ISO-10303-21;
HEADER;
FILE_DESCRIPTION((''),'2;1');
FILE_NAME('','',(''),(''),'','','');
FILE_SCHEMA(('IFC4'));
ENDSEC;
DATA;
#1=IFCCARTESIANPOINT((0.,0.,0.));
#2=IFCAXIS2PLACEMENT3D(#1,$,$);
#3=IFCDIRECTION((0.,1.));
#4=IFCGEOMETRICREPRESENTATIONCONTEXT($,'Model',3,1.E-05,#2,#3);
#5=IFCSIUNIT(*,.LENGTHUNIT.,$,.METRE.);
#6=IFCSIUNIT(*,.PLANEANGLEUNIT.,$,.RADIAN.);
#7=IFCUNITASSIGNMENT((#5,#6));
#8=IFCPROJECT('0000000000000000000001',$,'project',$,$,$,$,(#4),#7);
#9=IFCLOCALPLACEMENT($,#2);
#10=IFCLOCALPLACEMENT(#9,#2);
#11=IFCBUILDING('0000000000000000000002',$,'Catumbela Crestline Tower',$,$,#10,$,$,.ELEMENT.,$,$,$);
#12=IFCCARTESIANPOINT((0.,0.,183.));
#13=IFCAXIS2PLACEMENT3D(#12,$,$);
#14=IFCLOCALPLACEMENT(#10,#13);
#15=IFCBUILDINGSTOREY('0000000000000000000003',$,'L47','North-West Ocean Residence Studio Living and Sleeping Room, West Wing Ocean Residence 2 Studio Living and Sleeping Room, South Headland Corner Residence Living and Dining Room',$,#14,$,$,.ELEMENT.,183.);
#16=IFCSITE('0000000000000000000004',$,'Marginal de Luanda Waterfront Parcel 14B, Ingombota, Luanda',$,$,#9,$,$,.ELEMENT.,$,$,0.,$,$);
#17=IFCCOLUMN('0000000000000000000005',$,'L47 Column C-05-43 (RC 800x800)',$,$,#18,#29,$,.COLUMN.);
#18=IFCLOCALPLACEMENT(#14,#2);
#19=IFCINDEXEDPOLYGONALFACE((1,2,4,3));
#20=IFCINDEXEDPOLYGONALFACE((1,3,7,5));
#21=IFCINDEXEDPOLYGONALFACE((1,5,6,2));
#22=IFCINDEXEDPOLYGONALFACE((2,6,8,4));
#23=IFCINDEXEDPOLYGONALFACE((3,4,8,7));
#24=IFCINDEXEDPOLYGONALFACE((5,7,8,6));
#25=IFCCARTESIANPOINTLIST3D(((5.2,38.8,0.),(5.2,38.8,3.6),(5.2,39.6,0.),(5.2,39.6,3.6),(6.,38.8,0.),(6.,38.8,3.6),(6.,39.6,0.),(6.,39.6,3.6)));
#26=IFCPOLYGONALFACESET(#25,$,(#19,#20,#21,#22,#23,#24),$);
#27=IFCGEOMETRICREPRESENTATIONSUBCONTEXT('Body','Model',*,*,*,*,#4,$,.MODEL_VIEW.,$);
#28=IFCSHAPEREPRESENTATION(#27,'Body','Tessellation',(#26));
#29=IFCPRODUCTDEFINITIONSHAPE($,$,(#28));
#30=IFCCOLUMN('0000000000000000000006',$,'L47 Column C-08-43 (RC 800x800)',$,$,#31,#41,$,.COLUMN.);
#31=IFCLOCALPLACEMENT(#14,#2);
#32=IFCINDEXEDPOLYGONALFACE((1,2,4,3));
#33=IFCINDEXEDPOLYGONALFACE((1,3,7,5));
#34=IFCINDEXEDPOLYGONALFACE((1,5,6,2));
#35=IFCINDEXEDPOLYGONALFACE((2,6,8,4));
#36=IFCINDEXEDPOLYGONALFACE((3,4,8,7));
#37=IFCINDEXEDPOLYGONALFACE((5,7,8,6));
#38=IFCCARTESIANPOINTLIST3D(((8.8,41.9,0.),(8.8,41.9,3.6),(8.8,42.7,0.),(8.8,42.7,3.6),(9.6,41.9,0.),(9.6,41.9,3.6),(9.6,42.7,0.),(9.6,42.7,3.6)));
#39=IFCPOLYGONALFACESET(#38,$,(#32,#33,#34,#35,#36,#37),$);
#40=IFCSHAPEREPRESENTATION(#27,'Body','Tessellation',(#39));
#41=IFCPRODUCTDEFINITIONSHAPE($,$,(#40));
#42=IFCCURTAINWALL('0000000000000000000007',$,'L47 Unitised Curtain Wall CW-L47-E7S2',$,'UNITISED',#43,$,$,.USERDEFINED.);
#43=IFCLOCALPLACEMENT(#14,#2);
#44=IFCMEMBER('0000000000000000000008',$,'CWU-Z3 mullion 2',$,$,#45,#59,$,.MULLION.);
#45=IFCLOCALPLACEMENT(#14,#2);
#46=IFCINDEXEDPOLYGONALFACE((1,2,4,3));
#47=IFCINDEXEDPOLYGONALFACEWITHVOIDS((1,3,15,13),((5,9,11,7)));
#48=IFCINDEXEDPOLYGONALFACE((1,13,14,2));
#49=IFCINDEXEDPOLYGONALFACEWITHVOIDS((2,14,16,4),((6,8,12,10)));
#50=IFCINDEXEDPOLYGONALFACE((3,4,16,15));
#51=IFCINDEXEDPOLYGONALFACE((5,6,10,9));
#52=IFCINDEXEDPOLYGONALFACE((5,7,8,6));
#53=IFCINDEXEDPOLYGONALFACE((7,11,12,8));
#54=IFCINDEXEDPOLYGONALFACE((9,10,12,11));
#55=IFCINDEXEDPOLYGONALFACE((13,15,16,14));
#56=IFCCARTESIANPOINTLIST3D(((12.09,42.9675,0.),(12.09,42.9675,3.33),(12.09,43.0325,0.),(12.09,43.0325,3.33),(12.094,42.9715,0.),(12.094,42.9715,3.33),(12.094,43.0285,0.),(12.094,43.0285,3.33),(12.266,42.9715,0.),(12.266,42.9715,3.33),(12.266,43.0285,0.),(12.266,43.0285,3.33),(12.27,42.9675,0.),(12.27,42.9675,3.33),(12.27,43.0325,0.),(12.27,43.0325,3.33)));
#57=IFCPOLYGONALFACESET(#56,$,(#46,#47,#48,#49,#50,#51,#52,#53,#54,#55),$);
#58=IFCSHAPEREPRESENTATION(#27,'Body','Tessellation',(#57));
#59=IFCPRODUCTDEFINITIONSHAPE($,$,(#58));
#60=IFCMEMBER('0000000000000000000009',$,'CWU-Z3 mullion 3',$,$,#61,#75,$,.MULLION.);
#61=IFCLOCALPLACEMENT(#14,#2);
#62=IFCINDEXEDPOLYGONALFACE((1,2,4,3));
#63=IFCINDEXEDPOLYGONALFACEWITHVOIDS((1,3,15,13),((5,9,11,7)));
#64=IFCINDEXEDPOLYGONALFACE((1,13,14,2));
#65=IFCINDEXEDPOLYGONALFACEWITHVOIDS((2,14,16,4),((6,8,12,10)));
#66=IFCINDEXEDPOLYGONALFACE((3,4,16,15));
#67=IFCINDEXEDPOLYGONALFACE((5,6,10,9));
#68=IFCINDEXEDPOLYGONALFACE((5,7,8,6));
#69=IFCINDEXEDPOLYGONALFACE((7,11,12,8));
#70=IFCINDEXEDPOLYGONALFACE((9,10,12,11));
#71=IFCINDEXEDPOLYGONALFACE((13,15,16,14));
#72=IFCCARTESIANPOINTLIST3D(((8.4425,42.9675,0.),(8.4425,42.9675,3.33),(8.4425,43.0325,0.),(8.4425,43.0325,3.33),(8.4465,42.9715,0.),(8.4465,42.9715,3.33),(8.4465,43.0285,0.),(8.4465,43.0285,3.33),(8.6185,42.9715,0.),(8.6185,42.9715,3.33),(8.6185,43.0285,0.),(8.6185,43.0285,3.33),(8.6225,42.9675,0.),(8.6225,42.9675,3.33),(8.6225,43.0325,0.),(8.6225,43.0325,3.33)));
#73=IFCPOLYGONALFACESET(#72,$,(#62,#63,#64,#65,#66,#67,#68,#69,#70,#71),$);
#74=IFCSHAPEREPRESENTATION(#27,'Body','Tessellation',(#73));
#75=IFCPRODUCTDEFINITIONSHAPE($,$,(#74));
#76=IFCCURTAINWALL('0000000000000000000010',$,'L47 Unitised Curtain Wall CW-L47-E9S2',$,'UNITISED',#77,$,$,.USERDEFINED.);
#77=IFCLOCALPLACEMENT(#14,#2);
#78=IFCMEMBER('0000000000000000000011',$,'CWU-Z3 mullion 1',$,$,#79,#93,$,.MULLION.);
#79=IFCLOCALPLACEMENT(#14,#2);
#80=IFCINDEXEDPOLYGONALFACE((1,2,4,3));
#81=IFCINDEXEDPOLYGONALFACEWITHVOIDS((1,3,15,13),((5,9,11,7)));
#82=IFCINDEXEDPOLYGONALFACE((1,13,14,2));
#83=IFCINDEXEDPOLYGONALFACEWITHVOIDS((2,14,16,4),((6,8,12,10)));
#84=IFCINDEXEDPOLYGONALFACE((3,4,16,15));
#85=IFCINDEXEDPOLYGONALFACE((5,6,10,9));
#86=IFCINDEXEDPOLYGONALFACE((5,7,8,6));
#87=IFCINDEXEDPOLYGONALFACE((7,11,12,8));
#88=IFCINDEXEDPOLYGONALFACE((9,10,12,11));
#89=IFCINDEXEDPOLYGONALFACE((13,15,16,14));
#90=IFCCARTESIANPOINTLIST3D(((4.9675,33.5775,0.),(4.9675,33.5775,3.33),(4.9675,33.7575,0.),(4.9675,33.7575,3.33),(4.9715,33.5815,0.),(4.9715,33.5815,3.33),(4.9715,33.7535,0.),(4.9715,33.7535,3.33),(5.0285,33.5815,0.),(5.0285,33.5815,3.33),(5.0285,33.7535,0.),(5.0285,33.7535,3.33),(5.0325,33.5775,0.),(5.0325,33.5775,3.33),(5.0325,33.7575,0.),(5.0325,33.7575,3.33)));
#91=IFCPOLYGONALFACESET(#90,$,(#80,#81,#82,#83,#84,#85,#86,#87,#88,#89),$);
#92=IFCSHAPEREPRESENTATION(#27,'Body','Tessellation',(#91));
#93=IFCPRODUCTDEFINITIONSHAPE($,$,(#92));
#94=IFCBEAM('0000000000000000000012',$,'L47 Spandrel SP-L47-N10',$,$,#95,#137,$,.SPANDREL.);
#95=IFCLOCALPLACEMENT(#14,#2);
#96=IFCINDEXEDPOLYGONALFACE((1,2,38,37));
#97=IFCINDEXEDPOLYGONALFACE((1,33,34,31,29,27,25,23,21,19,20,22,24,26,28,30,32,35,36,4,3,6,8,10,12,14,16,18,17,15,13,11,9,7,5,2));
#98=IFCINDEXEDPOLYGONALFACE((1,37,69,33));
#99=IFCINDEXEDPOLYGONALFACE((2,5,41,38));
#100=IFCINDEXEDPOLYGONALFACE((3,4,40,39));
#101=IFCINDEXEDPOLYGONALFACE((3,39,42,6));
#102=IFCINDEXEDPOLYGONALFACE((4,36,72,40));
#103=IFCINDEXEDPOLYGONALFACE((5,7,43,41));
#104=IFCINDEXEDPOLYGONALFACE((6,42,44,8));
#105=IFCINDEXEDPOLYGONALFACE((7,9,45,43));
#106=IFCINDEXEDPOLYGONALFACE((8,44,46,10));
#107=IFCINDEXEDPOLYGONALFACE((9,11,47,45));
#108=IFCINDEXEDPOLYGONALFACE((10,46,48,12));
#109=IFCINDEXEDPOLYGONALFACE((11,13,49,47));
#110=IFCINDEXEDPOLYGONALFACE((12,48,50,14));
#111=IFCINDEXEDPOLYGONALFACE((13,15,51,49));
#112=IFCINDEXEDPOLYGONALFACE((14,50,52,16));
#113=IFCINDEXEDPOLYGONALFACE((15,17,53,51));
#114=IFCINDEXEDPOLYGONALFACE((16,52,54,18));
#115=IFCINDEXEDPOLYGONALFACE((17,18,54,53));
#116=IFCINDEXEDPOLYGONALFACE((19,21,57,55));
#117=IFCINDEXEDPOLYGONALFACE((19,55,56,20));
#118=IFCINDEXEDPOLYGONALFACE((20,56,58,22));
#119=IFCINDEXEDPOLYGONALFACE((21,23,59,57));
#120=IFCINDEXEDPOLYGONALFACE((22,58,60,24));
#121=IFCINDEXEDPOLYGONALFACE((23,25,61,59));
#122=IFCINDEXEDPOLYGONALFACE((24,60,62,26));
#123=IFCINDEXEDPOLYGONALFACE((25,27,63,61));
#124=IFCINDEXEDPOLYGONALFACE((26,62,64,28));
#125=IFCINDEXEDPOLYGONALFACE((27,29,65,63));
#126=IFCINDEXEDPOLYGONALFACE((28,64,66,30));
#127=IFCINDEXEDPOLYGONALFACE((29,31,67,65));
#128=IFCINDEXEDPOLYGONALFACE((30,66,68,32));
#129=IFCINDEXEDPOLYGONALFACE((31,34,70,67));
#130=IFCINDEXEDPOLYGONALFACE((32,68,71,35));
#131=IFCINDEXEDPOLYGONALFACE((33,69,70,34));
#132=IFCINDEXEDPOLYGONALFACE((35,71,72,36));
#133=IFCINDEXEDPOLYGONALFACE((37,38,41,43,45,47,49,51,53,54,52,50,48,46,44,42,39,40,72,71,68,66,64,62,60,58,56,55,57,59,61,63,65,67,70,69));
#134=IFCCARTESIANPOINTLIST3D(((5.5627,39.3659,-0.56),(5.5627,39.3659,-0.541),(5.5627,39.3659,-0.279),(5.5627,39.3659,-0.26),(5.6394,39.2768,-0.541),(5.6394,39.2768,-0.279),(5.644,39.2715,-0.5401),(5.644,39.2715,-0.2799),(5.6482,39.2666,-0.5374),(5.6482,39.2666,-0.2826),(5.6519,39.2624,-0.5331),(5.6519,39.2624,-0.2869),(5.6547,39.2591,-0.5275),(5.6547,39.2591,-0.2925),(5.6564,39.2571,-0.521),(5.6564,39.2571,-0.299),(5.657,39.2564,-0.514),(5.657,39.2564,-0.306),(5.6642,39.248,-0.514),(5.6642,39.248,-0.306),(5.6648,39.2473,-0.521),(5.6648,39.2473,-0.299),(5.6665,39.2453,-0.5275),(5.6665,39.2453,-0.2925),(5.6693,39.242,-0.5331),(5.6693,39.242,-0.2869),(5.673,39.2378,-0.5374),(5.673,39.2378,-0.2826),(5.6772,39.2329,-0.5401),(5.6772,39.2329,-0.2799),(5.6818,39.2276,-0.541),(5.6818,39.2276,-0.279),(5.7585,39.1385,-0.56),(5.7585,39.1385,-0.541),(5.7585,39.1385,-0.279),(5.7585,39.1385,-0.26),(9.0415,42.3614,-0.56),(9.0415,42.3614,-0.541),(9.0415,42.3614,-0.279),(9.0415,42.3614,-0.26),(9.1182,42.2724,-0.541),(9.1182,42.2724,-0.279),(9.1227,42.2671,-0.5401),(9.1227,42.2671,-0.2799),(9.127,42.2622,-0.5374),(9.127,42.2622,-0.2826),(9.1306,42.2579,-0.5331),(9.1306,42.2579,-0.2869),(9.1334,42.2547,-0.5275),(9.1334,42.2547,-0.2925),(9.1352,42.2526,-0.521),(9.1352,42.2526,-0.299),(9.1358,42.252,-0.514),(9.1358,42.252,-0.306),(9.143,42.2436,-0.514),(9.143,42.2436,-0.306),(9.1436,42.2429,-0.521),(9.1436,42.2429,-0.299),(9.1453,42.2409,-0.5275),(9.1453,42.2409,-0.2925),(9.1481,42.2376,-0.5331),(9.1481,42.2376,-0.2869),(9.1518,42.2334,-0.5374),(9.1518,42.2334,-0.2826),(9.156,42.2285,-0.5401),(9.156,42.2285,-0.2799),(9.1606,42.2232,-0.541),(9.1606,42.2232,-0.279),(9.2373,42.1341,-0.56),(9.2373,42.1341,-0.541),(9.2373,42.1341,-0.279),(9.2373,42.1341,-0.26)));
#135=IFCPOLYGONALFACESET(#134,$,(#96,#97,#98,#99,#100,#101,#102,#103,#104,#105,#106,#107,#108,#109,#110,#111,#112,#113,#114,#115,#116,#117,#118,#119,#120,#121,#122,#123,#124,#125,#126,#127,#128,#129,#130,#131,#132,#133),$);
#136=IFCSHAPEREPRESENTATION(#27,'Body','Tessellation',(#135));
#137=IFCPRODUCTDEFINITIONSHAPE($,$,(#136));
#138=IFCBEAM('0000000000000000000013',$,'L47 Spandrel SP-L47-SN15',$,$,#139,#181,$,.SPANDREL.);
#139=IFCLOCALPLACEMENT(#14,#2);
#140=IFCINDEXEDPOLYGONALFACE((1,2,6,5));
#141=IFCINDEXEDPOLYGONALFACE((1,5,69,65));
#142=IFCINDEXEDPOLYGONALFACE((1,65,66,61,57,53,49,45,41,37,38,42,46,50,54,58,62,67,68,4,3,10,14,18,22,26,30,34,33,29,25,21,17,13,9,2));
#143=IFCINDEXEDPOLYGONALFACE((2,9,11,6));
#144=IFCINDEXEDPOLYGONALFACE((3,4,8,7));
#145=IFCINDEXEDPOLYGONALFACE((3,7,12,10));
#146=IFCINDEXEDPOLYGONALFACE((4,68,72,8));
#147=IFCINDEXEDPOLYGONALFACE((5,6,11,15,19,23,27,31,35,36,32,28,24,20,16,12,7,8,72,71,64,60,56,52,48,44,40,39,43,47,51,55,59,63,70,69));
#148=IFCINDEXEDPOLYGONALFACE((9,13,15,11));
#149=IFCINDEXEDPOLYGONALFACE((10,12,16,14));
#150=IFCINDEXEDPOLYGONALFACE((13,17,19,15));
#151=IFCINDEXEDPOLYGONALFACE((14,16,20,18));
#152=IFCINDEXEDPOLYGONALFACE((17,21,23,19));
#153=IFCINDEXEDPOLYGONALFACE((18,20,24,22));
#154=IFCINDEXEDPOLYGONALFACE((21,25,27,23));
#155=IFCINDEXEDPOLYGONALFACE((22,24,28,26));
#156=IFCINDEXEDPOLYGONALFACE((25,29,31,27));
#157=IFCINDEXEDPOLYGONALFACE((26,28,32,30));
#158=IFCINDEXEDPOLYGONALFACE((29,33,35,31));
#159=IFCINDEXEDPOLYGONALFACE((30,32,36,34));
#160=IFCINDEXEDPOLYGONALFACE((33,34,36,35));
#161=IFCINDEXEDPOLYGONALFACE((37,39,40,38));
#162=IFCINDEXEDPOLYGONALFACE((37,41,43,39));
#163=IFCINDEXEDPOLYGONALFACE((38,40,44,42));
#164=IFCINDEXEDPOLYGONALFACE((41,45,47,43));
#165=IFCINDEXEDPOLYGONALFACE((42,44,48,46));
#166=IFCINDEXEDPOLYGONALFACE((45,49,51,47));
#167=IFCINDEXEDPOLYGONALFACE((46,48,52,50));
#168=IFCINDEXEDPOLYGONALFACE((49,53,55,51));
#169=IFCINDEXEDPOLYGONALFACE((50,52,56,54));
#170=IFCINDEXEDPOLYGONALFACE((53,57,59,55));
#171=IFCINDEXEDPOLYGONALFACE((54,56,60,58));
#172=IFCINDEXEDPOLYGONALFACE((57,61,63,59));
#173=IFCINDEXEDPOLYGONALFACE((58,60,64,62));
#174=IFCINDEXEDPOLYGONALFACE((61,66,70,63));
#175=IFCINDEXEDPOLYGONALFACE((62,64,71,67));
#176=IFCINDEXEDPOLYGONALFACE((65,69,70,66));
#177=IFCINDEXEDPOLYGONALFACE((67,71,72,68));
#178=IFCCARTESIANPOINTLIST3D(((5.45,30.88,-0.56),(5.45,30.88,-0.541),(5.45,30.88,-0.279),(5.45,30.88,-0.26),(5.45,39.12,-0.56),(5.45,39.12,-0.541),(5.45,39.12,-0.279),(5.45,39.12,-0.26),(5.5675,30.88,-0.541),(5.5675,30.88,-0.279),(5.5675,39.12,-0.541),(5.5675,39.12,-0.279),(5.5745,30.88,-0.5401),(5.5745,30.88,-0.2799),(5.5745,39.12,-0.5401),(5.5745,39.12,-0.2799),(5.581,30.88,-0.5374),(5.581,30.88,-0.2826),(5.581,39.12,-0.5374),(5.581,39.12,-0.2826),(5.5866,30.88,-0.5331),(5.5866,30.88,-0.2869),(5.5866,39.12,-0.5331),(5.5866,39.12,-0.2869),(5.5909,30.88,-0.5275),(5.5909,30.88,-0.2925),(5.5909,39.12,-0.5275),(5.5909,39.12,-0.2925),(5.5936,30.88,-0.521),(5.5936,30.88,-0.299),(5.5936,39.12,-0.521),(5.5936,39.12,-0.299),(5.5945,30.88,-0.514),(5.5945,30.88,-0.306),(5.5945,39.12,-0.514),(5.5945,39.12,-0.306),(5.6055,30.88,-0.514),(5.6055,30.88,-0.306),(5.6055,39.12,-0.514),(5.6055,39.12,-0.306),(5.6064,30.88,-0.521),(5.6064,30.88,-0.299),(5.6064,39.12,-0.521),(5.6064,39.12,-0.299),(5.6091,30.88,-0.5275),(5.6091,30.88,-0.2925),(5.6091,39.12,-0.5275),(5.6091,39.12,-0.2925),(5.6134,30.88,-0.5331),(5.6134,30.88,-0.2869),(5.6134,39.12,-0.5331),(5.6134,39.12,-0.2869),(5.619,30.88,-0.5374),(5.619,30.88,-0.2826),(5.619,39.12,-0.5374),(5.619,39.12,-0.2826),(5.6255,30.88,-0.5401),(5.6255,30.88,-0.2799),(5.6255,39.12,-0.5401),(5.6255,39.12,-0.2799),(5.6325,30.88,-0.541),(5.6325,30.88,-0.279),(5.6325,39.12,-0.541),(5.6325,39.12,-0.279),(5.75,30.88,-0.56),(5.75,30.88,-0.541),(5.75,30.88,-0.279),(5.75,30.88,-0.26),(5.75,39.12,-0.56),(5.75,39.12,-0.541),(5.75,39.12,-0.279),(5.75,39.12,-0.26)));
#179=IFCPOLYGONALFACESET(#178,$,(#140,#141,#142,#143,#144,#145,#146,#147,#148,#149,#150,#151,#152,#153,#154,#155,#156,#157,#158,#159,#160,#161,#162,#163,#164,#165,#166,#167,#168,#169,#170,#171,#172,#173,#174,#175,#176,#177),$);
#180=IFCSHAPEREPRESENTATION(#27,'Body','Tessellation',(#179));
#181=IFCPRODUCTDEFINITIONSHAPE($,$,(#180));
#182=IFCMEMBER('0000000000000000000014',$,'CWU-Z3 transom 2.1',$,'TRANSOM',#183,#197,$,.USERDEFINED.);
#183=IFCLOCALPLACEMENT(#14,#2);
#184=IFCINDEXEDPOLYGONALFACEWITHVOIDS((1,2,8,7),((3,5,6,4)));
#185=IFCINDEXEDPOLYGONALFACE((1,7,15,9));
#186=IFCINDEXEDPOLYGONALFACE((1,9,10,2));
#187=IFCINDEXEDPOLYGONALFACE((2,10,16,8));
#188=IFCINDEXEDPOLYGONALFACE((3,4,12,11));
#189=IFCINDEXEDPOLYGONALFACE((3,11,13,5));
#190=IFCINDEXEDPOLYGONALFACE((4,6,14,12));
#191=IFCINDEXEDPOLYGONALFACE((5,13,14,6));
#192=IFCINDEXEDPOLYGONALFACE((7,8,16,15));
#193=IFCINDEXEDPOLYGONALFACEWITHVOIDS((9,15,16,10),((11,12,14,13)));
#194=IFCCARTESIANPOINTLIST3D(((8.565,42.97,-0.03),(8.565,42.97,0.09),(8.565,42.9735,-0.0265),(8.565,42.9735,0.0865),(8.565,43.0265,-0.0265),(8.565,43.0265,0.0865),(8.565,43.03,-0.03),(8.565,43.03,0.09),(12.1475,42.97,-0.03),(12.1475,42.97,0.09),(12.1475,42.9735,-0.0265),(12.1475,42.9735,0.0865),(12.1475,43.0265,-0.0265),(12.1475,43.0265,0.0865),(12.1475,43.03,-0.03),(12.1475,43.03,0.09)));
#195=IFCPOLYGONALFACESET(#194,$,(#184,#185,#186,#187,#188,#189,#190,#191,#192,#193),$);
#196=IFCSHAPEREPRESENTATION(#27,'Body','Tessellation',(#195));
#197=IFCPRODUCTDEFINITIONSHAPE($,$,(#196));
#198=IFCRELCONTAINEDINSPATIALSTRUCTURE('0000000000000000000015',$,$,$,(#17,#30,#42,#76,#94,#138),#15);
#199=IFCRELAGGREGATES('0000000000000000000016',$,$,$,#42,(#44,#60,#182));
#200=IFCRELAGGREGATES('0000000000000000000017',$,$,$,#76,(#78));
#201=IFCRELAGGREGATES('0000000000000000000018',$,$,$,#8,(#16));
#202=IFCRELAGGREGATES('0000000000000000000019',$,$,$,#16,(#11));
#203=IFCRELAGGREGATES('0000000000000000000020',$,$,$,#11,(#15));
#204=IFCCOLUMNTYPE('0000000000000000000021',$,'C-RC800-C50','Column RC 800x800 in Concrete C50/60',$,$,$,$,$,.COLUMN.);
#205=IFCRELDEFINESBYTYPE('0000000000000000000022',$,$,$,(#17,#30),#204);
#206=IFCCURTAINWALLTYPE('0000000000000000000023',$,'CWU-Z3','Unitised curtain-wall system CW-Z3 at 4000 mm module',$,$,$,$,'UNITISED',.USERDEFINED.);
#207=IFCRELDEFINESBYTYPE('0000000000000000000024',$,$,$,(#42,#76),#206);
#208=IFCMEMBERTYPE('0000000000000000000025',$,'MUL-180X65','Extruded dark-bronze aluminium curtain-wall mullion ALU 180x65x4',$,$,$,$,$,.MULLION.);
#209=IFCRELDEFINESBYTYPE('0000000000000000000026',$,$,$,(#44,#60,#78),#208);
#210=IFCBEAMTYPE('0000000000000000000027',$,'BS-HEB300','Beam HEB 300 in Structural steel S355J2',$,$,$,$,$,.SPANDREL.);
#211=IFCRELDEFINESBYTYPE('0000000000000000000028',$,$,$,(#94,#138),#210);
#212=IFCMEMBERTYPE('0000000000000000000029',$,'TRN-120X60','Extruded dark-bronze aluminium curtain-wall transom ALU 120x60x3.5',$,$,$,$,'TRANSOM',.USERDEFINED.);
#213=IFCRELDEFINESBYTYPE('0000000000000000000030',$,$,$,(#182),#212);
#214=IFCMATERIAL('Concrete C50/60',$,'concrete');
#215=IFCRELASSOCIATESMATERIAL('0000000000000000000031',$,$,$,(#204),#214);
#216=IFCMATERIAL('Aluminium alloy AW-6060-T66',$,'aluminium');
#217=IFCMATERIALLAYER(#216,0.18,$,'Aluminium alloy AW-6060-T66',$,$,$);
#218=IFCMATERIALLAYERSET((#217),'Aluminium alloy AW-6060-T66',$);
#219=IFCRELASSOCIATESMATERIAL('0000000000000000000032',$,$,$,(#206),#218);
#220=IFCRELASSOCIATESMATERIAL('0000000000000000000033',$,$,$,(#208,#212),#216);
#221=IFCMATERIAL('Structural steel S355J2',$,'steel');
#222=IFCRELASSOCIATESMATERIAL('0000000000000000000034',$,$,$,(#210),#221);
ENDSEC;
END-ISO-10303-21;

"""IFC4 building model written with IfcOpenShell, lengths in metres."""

from ifc_helpers import new_model, si_unit, direction, frame, origin, origin_2d, place, context, subcontext, project, spatial, rectangle, hollow_rectangle, i_section, extrude, material, layer, layer_set, material_profile, profile_set, type_object, element, aggregate, save


model = new_model("IFC4")

# Units and contexts
model_context = context("Model", 3, precision=1e-05, world=origin(), true_north=direction((0.0, 1.0)))
body_context = subcontext(model_context, "Body", "Model", "MODEL_VIEW")
ifc_project = project(units=[si_unit("LENGTHUNIT", "METRE"), si_unit("PLANEANGLEUNIT", "RADIAN")], contexts=[model_context])

# Site, building, storey
site_placement = place(None, origin())
site = spatial("IfcSite", under=ifc_project, at=site_placement, Name="Marginal de Luanda Waterfront Parcel 14B, Ingombota, Luanda", CompositionType="ELEMENT", RefElevation=0.0)
building_placement = place(site_placement, origin())
building = spatial("IfcBuilding", under=site, at=building_placement, Name="Catumbela Crestline Tower", CompositionType="ELEMENT")
storey_placement = place(building_placement, frame((0.0, 0.0, 183.0)))
storey = spatial("IfcBuildingStorey", under=building, at=storey_placement, Name="L47", Description="North-West Ocean Residence Studio Living and Sleeping Room, West Wing Ocean Residence 2 Studio Living and Sleeping Room, South Headland Corner Residence Living and Dining Room", CompositionType="ELEMENT", Elevation=183.0)

# Columns
ifc_material_1 = material(Name="Concrete C50/60", Category="concrete")
ifc_material_profile_1 = material_profile(ifc_material_1, rectangle(XDim=0.8, YDim=0.8, at=origin_2d()), Name="RC 800x800")
ifc_profile_set_1 = profile_set([ifc_material_profile_1], Name="Concrete C50/60")
column_type = type_object("IfcColumnType", Name="C-RC800-C50", Description="Column RC 800x800 in Concrete C50/60", PredefinedType="COLUMN", material=ifc_profile_set_1)
for number, where, z_axis, x_axis, name in (
    (1, (5.6, 39.2, 0.0), (0.0, 0.0, 1.0), (1.0, 0.0, 0.0), "L47 Column C-05-43 (RC 800x800)"),
    (2, (9.2, 42.3, 0.0), (0.0, 0.0, 1.0), (1.0, 0.0, 0.0), "L47 Column C-08-43 (RC 800x800)"),
):
    element("IfcColumn", number, at=place(storey_placement, frame(where, z_axis=z_axis, x_axis=x_axis)), inside=storey, type_object=column_type, Name=name, PredefinedType="COLUMN", context=body_context, shape_type="SweptSolid", body=[
        extrude(rectangle(XDim=0.8, YDim=0.8, at=origin_2d()), origin(), (0.0, 0.0, 1.0), 3.6),
    ])

# Curtain wall, members
ifc_material_2 = material(Name="Aluminium alloy AW-6060-T66", Category="aluminium")
ifc_layer_1 = layer(ifc_material_2, 0.18, Name="Aluminium alloy AW-6060-T66")
ifc_layer_set_1 = layer_set([ifc_layer_1], Name="Aluminium alloy AW-6060-T66")
curtain_wall_type = type_object("IfcCurtainWallType", Name="CWU-Z3", Description="Unitised curtain-wall system CW-Z3 at 4000 mm module", ElementType="UNITISED", PredefinedType="USERDEFINED", material=ifc_layer_set_1)
curtain_wall_1_placement = place(storey_placement, origin())
curtain_wall_1 = element("IfcCurtainWall", 3, at=curtain_wall_1_placement, inside=storey, type_object=curtain_wall_type, Name="L47 Unitised Curtain Wall CW-L47-E7S2", ObjectType="UNITISED", PredefinedType="USERDEFINED")
ifc_material_profile_2 = material_profile(ifc_material_2, hollow_rectangle(XDim=0.065, YDim=0.18, WallThickness=0.004, at=origin_2d()), Name="ALU 180x65x4")
ifc_profile_set_2 = profile_set([ifc_material_profile_2], Name="Aluminium alloy AW-6060-T66")
member_type_1 = type_object("IfcMemberType", Name="MUL-180X65", Description="Extruded dark-bronze aluminium curtain-wall mullion ALU 180x65x4", PredefinedType="MULLION", material=ifc_profile_set_2)
member_1_placement = place(storey_placement, frame((12.18, 43.0, 0.0), z_axis=(0.0, 0.0, 1.0), x_axis=(0.0, -1.0, 0.0)))
member_1 = element("IfcMember", 4, at=member_1_placement, type_object=member_type_1, Name="CWU-Z3 mullion 2", PredefinedType="MULLION", context=body_context, shape_type="SweptSolid", body=[
    extrude(hollow_rectangle(XDim=0.065, YDim=0.18, WallThickness=0.004, at=origin_2d()), origin(), (0.0, 0.0, 1.0), 3.33),
])
member_2_placement = place(storey_placement, frame((8.5325, 43.0, 0.0), z_axis=(0.0, 0.0, 1.0), x_axis=(0.0, -1.0, 0.0)))
member_2 = element("IfcMember", 5, at=member_2_placement, type_object=member_type_1, Name="CWU-Z3 mullion 3", PredefinedType="MULLION", context=body_context, shape_type="SweptSolid", body=[
    extrude(hollow_rectangle(XDim=0.065, YDim=0.18, WallThickness=0.004, at=origin_2d()), origin(), (0.0, 0.0, 1.0), 3.33),
])

# Curtain wall, member
curtain_wall_2_placement = place(storey_placement, origin())
curtain_wall_2 = element("IfcCurtainWall", 6, at=curtain_wall_2_placement, inside=storey, type_object=curtain_wall_type, Name="L47 Unitised Curtain Wall CW-L47-E9S2", ObjectType="UNITISED", PredefinedType="USERDEFINED")
member_3_placement = place(storey_placement, frame((5.0, 33.6675, 0.0), z_axis=(0.0, 0.0, 1.0), x_axis=(1.0, 0.0, 0.0)))
member_3 = element("IfcMember", 7, at=member_3_placement, type_object=member_type_1, Name="CWU-Z3 mullion 1", PredefinedType="MULLION", context=body_context, shape_type="SweptSolid", body=[
    extrude(hollow_rectangle(XDim=0.065, YDim=0.18, WallThickness=0.004, at=origin_2d()), origin(), (0.0, 0.0, 1.0), 3.33),
])

# Beams
ifc_material_3 = material(Name="Structural steel S355J2", Category="steel")
ifc_material_profile_3 = material_profile(ifc_material_3, i_section(OverallWidth=0.3, OverallDepth=0.3, WebThickness=0.011, FlangeThickness=0.019, FilletRadius=0.027, at=origin_2d()), Name="HEB 300")
ifc_profile_set_3 = profile_set([ifc_material_profile_3], Name="Structural steel S355J2")
beam_type = type_object("IfcBeamType", Name="BS-HEB300", Description="Beam HEB 300 in Structural steel S355J2", PredefinedType="SPANDREL", material=ifc_profile_set_3)
beam_1_placement = place(storey_placement, frame((5.6606, 39.2522, -0.41), z_axis=(0.757772, 0.652519, 0.0), x_axis=(-0.652519, 0.757772, 0.0)))
element("IfcBeam", 8, at=beam_1_placement, inside=storey, type_object=beam_type, Name="L47 Spandrel SP-L47-N10", PredefinedType="SPANDREL", context=body_context, shape_type="SweptSolid", body=[
    extrude(i_section(OverallWidth=0.3, OverallDepth=0.3, WebThickness=0.011, FlangeThickness=0.019, FilletRadius=0.027, at=origin_2d()), origin(), (0.0, 0.0, 1.0), 4.5908),
])
beam_2_placement = place(storey_placement, frame((5.6, 30.88, -0.41), z_axis=(0.0, 1.0, 0.0), x_axis=(-1.0, 0.0, 0.0)))
element("IfcBeam", 9, at=beam_2_placement, inside=storey, type_object=beam_type, Name="L47 Spandrel SP-L47-SN15", PredefinedType="SPANDREL", context=body_context, shape_type="SweptSolid", body=[
    extrude(i_section(OverallWidth=0.3, OverallDepth=0.3, WebThickness=0.011, FlangeThickness=0.019, FilletRadius=0.027, at=origin_2d()), origin(), (0.0, 0.0, 1.0), 8.24),
])

# Member
ifc_material_profile_4 = material_profile(ifc_material_2, hollow_rectangle(XDim=0.06, YDim=0.12, WallThickness=0.0035, at=origin_2d()), Name="ALU 120x60x3.5")
ifc_profile_set_4 = profile_set([ifc_material_profile_4], Name="Aluminium alloy AW-6060-T66")
member_type_2 = type_object("IfcMemberType", Name="TRN-120X60", Description="Extruded dark-bronze aluminium curtain-wall transom ALU 120x60x3.5", ElementType="TRANSOM", PredefinedType="USERDEFINED", material=ifc_profile_set_4)
member_4_placement = place(storey_placement, frame((12.1475, 43.0, 0.03), z_axis=(-1.0, 0.0, 0.0), x_axis=(0.0, -1.0, 0.0)))
member_4 = element("IfcMember", 10, at=member_4_placement, type_object=member_type_2, Name="CWU-Z3 transom 2.1", ObjectType="TRANSOM", PredefinedType="USERDEFINED", context=body_context, shape_type="SweptSolid", body=[
    extrude(hollow_rectangle(XDim=0.06, YDim=0.12, WallThickness=0.0035, at=origin_2d()), origin(), (0.0, 0.0, 1.0), 3.5825),
])

aggregate(curtain_wall_1, [member_1, member_2, member_4])
aggregate(curtain_wall_2, [member_3])

save(model, "model.ifc")
